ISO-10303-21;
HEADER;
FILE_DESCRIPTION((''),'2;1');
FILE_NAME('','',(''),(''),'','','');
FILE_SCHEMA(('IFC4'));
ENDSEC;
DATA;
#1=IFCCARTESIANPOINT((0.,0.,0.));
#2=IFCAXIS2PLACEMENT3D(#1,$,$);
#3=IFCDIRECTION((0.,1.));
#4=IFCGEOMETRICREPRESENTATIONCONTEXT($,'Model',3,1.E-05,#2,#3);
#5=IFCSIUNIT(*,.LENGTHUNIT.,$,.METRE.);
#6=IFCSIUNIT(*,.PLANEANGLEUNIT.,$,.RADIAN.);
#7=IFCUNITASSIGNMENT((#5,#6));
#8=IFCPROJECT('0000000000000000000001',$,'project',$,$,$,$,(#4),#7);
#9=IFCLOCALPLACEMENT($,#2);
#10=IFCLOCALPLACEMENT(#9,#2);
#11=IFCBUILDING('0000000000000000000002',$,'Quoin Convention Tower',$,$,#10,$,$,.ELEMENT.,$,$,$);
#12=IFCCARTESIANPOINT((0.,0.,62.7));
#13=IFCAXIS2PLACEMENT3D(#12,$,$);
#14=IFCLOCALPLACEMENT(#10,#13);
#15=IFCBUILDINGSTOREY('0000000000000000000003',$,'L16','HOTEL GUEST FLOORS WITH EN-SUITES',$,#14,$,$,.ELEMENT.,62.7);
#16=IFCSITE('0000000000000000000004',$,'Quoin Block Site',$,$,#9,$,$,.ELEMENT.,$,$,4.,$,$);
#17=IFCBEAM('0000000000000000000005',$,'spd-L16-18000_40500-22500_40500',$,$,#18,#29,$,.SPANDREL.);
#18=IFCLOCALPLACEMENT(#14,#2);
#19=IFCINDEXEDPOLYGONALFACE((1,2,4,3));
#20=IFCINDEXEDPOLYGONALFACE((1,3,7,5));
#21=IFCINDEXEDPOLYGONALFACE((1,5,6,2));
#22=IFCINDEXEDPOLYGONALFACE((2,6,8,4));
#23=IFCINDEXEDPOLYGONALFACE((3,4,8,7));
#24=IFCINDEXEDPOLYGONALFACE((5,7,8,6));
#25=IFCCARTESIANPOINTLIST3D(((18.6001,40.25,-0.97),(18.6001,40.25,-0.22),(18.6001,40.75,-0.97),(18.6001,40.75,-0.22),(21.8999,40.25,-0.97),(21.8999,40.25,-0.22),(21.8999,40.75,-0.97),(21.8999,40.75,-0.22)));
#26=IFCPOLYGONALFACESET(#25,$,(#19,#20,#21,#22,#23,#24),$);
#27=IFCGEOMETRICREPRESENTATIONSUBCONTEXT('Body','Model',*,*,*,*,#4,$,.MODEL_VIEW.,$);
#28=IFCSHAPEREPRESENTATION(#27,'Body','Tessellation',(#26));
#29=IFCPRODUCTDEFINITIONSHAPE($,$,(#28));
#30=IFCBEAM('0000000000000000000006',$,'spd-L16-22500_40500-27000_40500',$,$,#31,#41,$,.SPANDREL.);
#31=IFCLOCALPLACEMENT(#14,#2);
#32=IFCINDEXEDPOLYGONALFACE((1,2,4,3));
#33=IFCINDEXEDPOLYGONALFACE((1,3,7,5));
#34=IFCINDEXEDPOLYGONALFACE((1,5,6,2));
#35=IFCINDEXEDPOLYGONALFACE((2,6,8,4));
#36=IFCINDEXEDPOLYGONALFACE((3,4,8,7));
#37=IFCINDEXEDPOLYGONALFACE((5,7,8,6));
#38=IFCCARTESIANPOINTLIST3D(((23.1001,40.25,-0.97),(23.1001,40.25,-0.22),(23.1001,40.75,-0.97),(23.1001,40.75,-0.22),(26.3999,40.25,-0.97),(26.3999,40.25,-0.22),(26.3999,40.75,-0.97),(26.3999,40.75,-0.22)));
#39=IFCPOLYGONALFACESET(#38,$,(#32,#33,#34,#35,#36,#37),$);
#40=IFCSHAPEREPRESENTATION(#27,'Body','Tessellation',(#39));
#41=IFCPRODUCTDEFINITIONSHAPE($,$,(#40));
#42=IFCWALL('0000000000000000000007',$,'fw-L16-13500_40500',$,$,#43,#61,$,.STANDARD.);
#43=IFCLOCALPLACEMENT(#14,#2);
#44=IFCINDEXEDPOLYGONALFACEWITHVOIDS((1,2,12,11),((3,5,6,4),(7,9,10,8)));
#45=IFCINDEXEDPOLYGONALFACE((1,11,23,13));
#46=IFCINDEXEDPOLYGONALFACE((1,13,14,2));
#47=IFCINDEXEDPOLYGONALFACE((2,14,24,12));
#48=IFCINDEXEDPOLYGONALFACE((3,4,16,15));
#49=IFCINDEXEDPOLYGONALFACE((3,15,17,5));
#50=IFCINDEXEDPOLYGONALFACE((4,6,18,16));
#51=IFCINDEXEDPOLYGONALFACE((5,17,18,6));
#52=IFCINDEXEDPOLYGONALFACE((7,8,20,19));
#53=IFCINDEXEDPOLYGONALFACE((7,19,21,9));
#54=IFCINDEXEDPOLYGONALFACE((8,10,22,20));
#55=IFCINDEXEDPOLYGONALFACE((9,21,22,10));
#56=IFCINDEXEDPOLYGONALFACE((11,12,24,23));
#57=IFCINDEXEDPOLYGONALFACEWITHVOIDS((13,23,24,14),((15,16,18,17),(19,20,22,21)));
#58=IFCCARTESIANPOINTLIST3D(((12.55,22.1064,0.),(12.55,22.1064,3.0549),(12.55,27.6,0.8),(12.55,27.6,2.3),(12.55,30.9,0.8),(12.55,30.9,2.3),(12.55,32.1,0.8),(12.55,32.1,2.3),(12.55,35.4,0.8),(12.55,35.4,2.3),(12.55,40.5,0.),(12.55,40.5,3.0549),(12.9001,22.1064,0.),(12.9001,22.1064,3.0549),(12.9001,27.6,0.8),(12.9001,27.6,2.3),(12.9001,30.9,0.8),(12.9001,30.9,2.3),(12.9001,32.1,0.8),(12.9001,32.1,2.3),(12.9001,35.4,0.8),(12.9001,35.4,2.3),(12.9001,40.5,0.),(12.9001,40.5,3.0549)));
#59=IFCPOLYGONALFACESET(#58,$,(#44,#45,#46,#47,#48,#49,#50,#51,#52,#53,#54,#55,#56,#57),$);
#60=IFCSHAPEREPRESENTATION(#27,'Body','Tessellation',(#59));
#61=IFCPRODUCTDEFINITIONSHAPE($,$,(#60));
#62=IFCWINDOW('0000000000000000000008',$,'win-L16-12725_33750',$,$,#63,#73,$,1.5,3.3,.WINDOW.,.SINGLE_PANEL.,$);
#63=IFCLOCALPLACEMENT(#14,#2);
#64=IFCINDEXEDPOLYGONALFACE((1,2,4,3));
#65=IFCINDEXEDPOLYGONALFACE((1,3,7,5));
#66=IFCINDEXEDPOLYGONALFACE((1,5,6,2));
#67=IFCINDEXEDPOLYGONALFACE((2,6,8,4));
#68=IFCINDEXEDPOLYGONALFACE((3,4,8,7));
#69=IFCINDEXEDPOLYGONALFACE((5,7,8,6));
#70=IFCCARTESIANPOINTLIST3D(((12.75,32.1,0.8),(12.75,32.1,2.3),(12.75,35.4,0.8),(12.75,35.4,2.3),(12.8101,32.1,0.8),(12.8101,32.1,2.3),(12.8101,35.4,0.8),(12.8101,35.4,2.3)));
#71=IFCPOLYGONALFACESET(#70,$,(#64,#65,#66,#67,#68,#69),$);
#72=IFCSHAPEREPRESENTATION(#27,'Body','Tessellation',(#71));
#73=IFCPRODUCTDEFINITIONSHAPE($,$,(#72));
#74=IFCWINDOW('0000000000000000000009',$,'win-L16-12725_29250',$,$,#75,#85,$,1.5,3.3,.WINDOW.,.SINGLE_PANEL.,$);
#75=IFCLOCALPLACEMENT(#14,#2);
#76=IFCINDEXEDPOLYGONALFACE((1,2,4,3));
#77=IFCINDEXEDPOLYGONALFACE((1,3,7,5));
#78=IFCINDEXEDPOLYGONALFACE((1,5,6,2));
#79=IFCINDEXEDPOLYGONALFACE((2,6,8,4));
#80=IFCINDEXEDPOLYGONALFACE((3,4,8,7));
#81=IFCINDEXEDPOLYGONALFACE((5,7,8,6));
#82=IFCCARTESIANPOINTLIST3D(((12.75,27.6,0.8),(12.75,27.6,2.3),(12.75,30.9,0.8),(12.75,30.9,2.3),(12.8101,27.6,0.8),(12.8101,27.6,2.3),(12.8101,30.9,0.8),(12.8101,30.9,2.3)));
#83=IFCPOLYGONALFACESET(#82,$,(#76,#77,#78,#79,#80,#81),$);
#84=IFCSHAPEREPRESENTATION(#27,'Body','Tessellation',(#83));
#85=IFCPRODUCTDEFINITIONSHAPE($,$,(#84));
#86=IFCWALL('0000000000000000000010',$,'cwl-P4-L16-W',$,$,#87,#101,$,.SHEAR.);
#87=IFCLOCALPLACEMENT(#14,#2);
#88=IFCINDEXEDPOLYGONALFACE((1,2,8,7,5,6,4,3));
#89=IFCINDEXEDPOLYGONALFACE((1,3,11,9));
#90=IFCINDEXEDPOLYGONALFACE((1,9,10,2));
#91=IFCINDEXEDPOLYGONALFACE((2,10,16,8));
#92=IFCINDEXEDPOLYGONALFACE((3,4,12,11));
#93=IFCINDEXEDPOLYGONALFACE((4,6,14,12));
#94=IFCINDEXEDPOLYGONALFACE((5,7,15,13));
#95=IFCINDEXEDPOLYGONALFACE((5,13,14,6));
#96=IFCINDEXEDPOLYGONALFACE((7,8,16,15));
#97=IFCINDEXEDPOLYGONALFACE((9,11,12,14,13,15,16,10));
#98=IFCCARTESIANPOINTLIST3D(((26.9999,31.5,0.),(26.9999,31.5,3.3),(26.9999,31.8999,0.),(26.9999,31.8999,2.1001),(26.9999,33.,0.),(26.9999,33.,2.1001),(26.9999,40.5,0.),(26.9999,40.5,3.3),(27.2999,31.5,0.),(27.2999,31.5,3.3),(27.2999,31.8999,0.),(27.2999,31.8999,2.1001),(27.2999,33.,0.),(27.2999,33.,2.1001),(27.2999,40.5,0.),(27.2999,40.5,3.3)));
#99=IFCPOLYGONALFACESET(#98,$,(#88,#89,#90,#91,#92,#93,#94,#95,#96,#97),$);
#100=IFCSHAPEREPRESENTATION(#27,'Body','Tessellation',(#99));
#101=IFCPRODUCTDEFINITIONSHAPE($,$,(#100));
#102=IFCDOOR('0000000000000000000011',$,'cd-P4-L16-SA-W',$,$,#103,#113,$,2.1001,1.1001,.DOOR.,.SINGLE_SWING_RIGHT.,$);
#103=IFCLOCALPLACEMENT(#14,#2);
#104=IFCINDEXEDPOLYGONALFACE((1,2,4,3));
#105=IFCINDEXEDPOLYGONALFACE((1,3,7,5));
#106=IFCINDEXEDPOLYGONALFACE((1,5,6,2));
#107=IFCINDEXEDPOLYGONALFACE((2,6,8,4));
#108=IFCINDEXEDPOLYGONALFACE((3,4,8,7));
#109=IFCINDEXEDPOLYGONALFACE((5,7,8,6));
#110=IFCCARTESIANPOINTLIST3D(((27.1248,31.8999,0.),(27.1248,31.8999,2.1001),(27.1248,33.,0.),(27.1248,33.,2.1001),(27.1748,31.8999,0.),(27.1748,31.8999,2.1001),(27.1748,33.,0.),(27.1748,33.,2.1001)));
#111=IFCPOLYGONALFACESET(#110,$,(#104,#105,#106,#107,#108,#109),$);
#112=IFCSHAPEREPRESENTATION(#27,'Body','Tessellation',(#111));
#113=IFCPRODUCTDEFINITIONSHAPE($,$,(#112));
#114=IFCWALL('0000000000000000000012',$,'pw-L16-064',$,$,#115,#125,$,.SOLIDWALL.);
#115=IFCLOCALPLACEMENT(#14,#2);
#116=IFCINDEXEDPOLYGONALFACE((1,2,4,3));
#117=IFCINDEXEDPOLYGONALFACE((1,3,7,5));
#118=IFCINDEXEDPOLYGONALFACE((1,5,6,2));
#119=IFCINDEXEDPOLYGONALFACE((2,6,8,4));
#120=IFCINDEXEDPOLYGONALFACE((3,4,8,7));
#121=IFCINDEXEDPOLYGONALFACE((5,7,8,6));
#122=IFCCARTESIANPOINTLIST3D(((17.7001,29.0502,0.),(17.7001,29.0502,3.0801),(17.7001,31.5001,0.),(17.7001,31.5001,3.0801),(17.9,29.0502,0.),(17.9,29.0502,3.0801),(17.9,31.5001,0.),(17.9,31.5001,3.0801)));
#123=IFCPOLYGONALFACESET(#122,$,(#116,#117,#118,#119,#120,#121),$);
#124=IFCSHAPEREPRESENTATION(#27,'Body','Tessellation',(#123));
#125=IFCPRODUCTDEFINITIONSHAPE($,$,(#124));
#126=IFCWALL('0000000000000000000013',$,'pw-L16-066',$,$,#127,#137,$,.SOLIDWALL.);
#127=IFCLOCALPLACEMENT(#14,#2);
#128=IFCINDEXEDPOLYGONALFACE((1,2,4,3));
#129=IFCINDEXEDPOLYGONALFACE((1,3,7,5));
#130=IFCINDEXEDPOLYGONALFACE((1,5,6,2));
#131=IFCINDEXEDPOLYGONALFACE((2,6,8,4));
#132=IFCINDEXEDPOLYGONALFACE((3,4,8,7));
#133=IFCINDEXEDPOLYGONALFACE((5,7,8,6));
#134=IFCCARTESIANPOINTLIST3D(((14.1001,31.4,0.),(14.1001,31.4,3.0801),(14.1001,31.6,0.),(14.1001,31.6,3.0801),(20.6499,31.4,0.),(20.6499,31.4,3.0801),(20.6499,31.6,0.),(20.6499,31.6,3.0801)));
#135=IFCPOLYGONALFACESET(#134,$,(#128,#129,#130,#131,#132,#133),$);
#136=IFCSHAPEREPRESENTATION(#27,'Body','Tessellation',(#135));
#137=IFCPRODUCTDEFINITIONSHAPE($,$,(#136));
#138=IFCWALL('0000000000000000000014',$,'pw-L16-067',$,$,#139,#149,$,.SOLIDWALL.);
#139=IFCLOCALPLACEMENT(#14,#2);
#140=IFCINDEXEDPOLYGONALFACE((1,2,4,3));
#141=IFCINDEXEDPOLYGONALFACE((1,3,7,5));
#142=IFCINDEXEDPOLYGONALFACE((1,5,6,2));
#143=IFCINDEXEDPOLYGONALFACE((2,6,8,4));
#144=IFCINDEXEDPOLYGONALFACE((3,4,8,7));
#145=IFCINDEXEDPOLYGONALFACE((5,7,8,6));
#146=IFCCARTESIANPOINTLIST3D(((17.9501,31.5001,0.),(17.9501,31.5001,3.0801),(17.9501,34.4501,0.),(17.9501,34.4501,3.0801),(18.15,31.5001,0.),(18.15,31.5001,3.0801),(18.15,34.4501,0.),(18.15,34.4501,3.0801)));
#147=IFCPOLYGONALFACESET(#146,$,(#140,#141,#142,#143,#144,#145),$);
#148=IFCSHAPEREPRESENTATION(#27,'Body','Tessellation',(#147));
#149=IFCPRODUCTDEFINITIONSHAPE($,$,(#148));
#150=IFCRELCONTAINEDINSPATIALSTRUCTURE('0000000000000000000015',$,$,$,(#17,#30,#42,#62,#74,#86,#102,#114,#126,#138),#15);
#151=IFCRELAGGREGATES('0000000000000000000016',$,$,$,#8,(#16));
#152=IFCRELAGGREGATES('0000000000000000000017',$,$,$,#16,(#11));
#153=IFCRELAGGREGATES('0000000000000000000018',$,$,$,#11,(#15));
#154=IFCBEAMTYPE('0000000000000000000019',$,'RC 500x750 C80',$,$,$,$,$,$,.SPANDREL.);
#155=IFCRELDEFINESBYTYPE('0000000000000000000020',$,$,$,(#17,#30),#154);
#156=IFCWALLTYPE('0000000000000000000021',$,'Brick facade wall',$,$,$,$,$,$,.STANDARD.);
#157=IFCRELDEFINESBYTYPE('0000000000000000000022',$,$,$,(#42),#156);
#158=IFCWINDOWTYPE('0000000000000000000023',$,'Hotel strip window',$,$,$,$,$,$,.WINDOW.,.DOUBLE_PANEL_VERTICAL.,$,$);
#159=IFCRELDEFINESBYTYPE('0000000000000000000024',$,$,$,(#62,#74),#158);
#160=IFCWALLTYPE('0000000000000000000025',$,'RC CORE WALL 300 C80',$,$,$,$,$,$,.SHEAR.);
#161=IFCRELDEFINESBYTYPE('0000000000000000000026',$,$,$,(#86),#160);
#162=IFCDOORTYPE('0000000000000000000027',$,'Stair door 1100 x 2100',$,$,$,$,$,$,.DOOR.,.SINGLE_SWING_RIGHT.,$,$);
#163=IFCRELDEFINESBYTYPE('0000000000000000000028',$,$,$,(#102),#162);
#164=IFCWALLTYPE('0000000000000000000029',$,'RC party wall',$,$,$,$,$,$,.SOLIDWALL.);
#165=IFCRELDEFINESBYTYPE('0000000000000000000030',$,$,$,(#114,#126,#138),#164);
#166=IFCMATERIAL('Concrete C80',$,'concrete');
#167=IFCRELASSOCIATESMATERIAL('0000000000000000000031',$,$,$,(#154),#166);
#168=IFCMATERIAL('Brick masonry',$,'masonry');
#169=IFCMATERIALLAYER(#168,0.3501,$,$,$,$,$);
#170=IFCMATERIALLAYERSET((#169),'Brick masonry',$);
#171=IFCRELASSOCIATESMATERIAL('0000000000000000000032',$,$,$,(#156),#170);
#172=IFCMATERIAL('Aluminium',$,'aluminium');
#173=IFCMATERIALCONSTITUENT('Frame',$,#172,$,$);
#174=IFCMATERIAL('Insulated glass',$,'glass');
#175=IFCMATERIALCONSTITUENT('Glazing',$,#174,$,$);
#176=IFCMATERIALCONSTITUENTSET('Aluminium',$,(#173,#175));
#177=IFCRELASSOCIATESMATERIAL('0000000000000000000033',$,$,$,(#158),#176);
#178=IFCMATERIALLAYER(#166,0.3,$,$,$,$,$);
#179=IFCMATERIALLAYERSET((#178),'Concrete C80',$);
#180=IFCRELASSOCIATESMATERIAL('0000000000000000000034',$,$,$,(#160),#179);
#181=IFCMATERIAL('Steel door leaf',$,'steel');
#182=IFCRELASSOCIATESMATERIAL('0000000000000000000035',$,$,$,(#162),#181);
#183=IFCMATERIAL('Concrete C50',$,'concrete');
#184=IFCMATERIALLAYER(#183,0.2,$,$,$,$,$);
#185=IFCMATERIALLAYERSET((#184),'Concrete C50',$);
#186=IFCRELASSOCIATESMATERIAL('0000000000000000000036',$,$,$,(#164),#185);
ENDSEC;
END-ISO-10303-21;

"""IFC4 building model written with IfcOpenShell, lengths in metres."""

from ifc_helpers import new_model, si_unit, direction, frame, frame_2d, origin, origin_2d, place, context, subcontext, project, spatial, rectangle, extrude, material, layer, layer_set, constituent, constituent_set, material_profile, profile_set, type_object, element, fill, save


model = new_model("IFC4")

# Units and contexts
model_context = context("Model", 3, precision=1e-05, world=origin(), true_north=direction((0.0, 1.0)))
body_context = subcontext(model_context, "Body", "Model", "MODEL_VIEW")
ifc_project = project(units=[si_unit("LENGTHUNIT", "METRE"), si_unit("PLANEANGLEUNIT", "RADIAN")], contexts=[model_context])

# Site, building, storey
site_placement = place(None, origin())
site = spatial("IfcSite", under=ifc_project, at=site_placement, Name="Quoin Block Site", CompositionType="ELEMENT", RefElevation=4.0)
building_placement = place(site_placement, origin())
building = spatial("IfcBuilding", under=site, at=building_placement, Name="Quoin Convention Tower", CompositionType="ELEMENT")
storey_placement = place(building_placement, frame((0.0, 0.0, 62.7)))
storey = spatial("IfcBuildingStorey", under=building, at=storey_placement, Name="L16", Description="HOTEL GUEST FLOORS WITH EN-SUITES", CompositionType="ELEMENT", Elevation=62.7)

# Shared definitions
ifc_material_1 = material(Name="Concrete C80", Category="concrete")

# Beams
ifc_material_profile_1 = material_profile(ifc_material_1, rectangle(XDim=0.5, YDim=0.75, at=origin_2d()), Name="RC 500x750")
ifc_profile_set_1 = profile_set([ifc_material_profile_1], Name="Concrete C80")
beam_type_1 = type_object("IfcBeamType", Name="RC 500x750 C80", PredefinedType="SPANDREL", material=ifc_profile_set_1)
for number, where, z_axis, x_axis, name in (
    (1, (18.6001, 40.5, -0.595), (1.0, 0.0, 0.0), (0.0, 1.0, 0.0), "spd-L16-18000_40500-22500_40500"),
    (2, (23.1001, 40.5, -0.595), (1.0, 0.0, 0.0), (0.0, 1.0, 0.0), "spd-L16-22500_40500-27000_40500"),
):
    element("IfcBeam", number, at=place(storey_placement, frame(where, z_axis=z_axis, x_axis=x_axis)), inside=storey, type_object=beam_type_1, Name=name, PredefinedType="SPANDREL", context=body_context, shape_type="SweptSolid", body=[
        extrude(rectangle(XDim=0.5, YDim=0.75, at=origin_2d()), origin(), (0.0, 0.0, 1.0), 3.2998),
    ])

# Wall, openings, windows
ifc_material_2 = material(Name="Brick masonry", Category="masonry")
ifc_layer_1 = layer(ifc_material_2, 0.3501)
ifc_layer_set_1 = layer_set([ifc_layer_1], Name="Brick masonry")
wall_type_1 = type_object("IfcWallType", Name="Brick facade wall", PredefinedType="STANDARD", material=ifc_layer_set_1)
wall_1_placement = place(storey_placement, frame((12.7251, 40.5, 0.0), z_axis=(0.0, 0.0, 1.0), x_axis=(0.0, -1.0, 0.0)))
wall_1 = element("IfcWall", 3, at=wall_1_placement, inside=storey, type_object=wall_type_1, Name="fw-L16-13500_40500", PredefinedType="STANDARD", context=body_context, shape_type="SweptSolid", body=[
    extrude(rectangle(XDim=18.3936, YDim=0.3501, at=frame_2d((9.1968, 0.0))), origin(), (0.0, 0.0, 1.0), 3.0549),
])
opening_1_placement = place(wall_1_placement, frame((5.1001, 0.0, 0.8)))
opening_1 = element("IfcOpeningElement", 4, at=opening_1_placement, cuts=wall_1, PredefinedType="OPENING", context=body_context, shape_type="SweptSolid", body=[
    extrude(rectangle(XDim=3.3, YDim=1.5, at=frame_2d((1.6499, 0.75))), frame((0.0, 0.1851, 0.0), z_axis=(0.0, -1.0, 0.0), x_axis=(1.0, 0.0, 0.0)), (0.0, 0.0, 1.0), 0.3701),
])
opening_2_placement = place(wall_1_placement, frame((9.6001, 0.0, 0.8)))
opening_2 = element("IfcOpeningElement", 5, at=opening_2_placement, cuts=wall_1, PredefinedType="OPENING", context=body_context, shape_type="SweptSolid", body=[
    extrude(rectangle(XDim=3.3, YDim=1.5, at=frame_2d((1.6499, 0.75))), frame((0.0, 0.1851, 0.0), z_axis=(0.0, -1.0, 0.0), x_axis=(1.0, 0.0, 0.0)), (0.0, 0.0, 1.0), 0.3701),
])
ifc_material_3 = material(Name="Aluminium", Category="aluminium")
ifc_constituent_1 = constituent(ifc_material_3, Name="Frame")
ifc_material_4 = material(Name="Insulated glass", Category="glass")
ifc_constituent_2 = constituent(ifc_material_4, Name="Glazing")
ifc_constituent_set = constituent_set(constituents=[ifc_constituent_1, ifc_constituent_2], Name="Aluminium")
window_type = type_object("IfcWindowType", Name="Hotel strip window", PartitioningType="DOUBLE_PANEL_VERTICAL", PredefinedType="WINDOW", material=ifc_constituent_set)
window_1_placement = place(opening_1_placement, origin())
window_1 = element("IfcWindow", 6, at=window_1_placement, inside=storey, type_object=window_type, Name="win-L16-12725_33750", OverallHeight=1.5, OverallWidth=3.3, PartitioningType="SINGLE_PANEL", PredefinedType="WINDOW", context=body_context, shape_type="SweptSolid", body=[
    extrude(rectangle(XDim=3.3, YDim=1.5, at=frame_2d((1.6499, 0.75))), frame((0.0, 0.085, 0.0), z_axis=(0.0, -1.0, 0.0), x_axis=(1.0, 0.0, 0.0)), (0.0, 0.0, 1.0), 0.0601),
])
fill(opening_1, window_1)
window_2_placement = place(opening_2_placement, origin())
window_2 = element("IfcWindow", 7, at=window_2_placement, inside=storey, type_object=window_type, Name="win-L16-12725_29250", OverallHeight=1.5, OverallWidth=3.3, PartitioningType="SINGLE_PANEL", PredefinedType="WINDOW", context=body_context, shape_type="SweptSolid", body=[
    extrude(rectangle(XDim=3.3, YDim=1.5, at=frame_2d((1.6499, 0.75))), frame((0.0, 0.085, 0.0), z_axis=(0.0, -1.0, 0.0), x_axis=(1.0, 0.0, 0.0)), (0.0, 0.0, 1.0), 0.0601),
])
fill(opening_2, window_2)

# Wall, opening, door
ifc_layer_2 = layer(ifc_material_1, 0.3)
ifc_layer_set_2 = layer_set([ifc_layer_2], Name="Concrete C80")
wall_type_2 = type_object("IfcWallType", Name="RC CORE WALL 300 C80", PredefinedType="SHEAR", material=ifc_layer_set_2)
wall_2_placement = place(storey_placement, frame((27.1499, 31.5, 0.0), z_axis=(0.0, 0.0, 1.0), x_axis=(0.0, 1.0, 0.0)))
wall_2 = element("IfcWall", 8, at=wall_2_placement, inside=storey, type_object=wall_type_2, Name="cwl-P4-L16-W", PredefinedType="SHEAR", context=body_context, shape_type="SweptSolid", body=[
    extrude(rectangle(XDim=9.0, YDim=0.3, at=frame_2d((4.5, 0.0))), origin(), (0.0, 0.0, 1.0), 3.3),
])
opening_3_placement = place(wall_2_placement, frame((0.3999, 0.0, 0.0)))
opening_3 = element("IfcOpeningElement", 9, at=opening_3_placement, cuts=wall_2, PredefinedType="OPENING", context=body_context, shape_type="SweptSolid", body=[
    extrude(rectangle(XDim=1.1001, YDim=2.1001, at=frame_2d((0.55, 1.05))), frame((0.0, 0.1599, 0.0), z_axis=(0.0, -1.0, 0.0), x_axis=(1.0, 0.0, 0.0)), (0.0, 0.0, 1.0), 0.3201),
])
ifc_material_5 = material(Name="Steel door leaf", Category="steel")
door_type_1 = type_object("IfcDoorType", Name="Stair door 1100 x 2100", OperationType="SINGLE_SWING_RIGHT", PredefinedType="DOOR", material=ifc_material_5)
door_1_placement = place(opening_3_placement, frame((1.1001, 0.0, 0.0), z_axis=(0.0, 0.0, 1.0), x_axis=(-1.0, 0.0, 0.0)))
door_1 = element("IfcDoor", 10, at=door_1_placement, inside=storey, type_object=door_type_1, Name="cd-P4-L16-SA-W", OperationType="SINGLE_SWING_RIGHT", OverallHeight=2.1001, OverallWidth=1.1001, PredefinedType="DOOR", context=body_context, shape_type="SweptSolid", body=[
    extrude(rectangle(XDim=1.1001, YDim=2.1001, at=frame_2d((0.55, 1.05))), frame((0.0, 0.0249, 0.0), z_axis=(0.0, -1.0, 0.0), x_axis=(1.0, 0.0, 0.0)), (0.0, 0.0, 1.0), 0.05),
])
fill(opening_3, door_1)

# Walls
ifc_material_6 = material(Name="Concrete C50", Category="concrete")
ifc_layer_3 = layer(ifc_material_6, 0.2)
ifc_layer_set_3 = layer_set([ifc_layer_3], Name="Concrete C50")
wall_type_3 = type_object("IfcWallType", Name="RC party wall", PredefinedType="SOLIDWALL", material=ifc_layer_set_3)
wall_3_placement = place(storey_placement, frame((17.8, 29.05, 0.0), z_axis=(0.0, 0.0, 1.0), x_axis=(0.0, 1.0, 0.0)))
element("IfcWall", 11, at=wall_3_placement, inside=storey, type_object=wall_type_3, Name="pw-L16-064", PredefinedType="SOLIDWALL", context=body_context, shape_type="SweptSolid", body=[
    extrude(rectangle(XDim=2.45, YDim=0.2, at=frame_2d((1.2251, 0.0))), origin(), (0.0, 0.0, 1.0), 3.0801),
])
wall_4_placement = place(storey_placement, frame((14.1001, 31.5, 0.0), z_axis=(0.0, 0.0, 1.0), x_axis=(1.0, 0.0, 0.0)))
element("IfcWall", 12, at=wall_4_placement, inside=storey, type_object=wall_type_3, Name="pw-L16-066", PredefinedType="SOLIDWALL", context=body_context, shape_type="SweptSolid", body=[
    extrude(rectangle(XDim=6.5498, YDim=0.2, at=frame_2d((3.2749, 0.0))), origin(), (0.0, 0.0, 1.0), 3.0801),
])
wall_5_placement = place(storey_placement, frame((18.05, 31.5, 0.0), z_axis=(0.0, 0.0, 1.0), x_axis=(0.0, 1.0, 0.0)))
element("IfcWall", 13, at=wall_5_placement, inside=storey, type_object=wall_type_3, Name="pw-L16-067", PredefinedType="SOLIDWALL", context=body_context, shape_type="SweptSolid", body=[
    extrude(rectangle(XDim=2.95, YDim=0.2, at=frame_2d((1.4751, 0.0))), origin(), (0.0, 0.0, 1.0), 3.0801),
])

save(model, "model.ifc")
